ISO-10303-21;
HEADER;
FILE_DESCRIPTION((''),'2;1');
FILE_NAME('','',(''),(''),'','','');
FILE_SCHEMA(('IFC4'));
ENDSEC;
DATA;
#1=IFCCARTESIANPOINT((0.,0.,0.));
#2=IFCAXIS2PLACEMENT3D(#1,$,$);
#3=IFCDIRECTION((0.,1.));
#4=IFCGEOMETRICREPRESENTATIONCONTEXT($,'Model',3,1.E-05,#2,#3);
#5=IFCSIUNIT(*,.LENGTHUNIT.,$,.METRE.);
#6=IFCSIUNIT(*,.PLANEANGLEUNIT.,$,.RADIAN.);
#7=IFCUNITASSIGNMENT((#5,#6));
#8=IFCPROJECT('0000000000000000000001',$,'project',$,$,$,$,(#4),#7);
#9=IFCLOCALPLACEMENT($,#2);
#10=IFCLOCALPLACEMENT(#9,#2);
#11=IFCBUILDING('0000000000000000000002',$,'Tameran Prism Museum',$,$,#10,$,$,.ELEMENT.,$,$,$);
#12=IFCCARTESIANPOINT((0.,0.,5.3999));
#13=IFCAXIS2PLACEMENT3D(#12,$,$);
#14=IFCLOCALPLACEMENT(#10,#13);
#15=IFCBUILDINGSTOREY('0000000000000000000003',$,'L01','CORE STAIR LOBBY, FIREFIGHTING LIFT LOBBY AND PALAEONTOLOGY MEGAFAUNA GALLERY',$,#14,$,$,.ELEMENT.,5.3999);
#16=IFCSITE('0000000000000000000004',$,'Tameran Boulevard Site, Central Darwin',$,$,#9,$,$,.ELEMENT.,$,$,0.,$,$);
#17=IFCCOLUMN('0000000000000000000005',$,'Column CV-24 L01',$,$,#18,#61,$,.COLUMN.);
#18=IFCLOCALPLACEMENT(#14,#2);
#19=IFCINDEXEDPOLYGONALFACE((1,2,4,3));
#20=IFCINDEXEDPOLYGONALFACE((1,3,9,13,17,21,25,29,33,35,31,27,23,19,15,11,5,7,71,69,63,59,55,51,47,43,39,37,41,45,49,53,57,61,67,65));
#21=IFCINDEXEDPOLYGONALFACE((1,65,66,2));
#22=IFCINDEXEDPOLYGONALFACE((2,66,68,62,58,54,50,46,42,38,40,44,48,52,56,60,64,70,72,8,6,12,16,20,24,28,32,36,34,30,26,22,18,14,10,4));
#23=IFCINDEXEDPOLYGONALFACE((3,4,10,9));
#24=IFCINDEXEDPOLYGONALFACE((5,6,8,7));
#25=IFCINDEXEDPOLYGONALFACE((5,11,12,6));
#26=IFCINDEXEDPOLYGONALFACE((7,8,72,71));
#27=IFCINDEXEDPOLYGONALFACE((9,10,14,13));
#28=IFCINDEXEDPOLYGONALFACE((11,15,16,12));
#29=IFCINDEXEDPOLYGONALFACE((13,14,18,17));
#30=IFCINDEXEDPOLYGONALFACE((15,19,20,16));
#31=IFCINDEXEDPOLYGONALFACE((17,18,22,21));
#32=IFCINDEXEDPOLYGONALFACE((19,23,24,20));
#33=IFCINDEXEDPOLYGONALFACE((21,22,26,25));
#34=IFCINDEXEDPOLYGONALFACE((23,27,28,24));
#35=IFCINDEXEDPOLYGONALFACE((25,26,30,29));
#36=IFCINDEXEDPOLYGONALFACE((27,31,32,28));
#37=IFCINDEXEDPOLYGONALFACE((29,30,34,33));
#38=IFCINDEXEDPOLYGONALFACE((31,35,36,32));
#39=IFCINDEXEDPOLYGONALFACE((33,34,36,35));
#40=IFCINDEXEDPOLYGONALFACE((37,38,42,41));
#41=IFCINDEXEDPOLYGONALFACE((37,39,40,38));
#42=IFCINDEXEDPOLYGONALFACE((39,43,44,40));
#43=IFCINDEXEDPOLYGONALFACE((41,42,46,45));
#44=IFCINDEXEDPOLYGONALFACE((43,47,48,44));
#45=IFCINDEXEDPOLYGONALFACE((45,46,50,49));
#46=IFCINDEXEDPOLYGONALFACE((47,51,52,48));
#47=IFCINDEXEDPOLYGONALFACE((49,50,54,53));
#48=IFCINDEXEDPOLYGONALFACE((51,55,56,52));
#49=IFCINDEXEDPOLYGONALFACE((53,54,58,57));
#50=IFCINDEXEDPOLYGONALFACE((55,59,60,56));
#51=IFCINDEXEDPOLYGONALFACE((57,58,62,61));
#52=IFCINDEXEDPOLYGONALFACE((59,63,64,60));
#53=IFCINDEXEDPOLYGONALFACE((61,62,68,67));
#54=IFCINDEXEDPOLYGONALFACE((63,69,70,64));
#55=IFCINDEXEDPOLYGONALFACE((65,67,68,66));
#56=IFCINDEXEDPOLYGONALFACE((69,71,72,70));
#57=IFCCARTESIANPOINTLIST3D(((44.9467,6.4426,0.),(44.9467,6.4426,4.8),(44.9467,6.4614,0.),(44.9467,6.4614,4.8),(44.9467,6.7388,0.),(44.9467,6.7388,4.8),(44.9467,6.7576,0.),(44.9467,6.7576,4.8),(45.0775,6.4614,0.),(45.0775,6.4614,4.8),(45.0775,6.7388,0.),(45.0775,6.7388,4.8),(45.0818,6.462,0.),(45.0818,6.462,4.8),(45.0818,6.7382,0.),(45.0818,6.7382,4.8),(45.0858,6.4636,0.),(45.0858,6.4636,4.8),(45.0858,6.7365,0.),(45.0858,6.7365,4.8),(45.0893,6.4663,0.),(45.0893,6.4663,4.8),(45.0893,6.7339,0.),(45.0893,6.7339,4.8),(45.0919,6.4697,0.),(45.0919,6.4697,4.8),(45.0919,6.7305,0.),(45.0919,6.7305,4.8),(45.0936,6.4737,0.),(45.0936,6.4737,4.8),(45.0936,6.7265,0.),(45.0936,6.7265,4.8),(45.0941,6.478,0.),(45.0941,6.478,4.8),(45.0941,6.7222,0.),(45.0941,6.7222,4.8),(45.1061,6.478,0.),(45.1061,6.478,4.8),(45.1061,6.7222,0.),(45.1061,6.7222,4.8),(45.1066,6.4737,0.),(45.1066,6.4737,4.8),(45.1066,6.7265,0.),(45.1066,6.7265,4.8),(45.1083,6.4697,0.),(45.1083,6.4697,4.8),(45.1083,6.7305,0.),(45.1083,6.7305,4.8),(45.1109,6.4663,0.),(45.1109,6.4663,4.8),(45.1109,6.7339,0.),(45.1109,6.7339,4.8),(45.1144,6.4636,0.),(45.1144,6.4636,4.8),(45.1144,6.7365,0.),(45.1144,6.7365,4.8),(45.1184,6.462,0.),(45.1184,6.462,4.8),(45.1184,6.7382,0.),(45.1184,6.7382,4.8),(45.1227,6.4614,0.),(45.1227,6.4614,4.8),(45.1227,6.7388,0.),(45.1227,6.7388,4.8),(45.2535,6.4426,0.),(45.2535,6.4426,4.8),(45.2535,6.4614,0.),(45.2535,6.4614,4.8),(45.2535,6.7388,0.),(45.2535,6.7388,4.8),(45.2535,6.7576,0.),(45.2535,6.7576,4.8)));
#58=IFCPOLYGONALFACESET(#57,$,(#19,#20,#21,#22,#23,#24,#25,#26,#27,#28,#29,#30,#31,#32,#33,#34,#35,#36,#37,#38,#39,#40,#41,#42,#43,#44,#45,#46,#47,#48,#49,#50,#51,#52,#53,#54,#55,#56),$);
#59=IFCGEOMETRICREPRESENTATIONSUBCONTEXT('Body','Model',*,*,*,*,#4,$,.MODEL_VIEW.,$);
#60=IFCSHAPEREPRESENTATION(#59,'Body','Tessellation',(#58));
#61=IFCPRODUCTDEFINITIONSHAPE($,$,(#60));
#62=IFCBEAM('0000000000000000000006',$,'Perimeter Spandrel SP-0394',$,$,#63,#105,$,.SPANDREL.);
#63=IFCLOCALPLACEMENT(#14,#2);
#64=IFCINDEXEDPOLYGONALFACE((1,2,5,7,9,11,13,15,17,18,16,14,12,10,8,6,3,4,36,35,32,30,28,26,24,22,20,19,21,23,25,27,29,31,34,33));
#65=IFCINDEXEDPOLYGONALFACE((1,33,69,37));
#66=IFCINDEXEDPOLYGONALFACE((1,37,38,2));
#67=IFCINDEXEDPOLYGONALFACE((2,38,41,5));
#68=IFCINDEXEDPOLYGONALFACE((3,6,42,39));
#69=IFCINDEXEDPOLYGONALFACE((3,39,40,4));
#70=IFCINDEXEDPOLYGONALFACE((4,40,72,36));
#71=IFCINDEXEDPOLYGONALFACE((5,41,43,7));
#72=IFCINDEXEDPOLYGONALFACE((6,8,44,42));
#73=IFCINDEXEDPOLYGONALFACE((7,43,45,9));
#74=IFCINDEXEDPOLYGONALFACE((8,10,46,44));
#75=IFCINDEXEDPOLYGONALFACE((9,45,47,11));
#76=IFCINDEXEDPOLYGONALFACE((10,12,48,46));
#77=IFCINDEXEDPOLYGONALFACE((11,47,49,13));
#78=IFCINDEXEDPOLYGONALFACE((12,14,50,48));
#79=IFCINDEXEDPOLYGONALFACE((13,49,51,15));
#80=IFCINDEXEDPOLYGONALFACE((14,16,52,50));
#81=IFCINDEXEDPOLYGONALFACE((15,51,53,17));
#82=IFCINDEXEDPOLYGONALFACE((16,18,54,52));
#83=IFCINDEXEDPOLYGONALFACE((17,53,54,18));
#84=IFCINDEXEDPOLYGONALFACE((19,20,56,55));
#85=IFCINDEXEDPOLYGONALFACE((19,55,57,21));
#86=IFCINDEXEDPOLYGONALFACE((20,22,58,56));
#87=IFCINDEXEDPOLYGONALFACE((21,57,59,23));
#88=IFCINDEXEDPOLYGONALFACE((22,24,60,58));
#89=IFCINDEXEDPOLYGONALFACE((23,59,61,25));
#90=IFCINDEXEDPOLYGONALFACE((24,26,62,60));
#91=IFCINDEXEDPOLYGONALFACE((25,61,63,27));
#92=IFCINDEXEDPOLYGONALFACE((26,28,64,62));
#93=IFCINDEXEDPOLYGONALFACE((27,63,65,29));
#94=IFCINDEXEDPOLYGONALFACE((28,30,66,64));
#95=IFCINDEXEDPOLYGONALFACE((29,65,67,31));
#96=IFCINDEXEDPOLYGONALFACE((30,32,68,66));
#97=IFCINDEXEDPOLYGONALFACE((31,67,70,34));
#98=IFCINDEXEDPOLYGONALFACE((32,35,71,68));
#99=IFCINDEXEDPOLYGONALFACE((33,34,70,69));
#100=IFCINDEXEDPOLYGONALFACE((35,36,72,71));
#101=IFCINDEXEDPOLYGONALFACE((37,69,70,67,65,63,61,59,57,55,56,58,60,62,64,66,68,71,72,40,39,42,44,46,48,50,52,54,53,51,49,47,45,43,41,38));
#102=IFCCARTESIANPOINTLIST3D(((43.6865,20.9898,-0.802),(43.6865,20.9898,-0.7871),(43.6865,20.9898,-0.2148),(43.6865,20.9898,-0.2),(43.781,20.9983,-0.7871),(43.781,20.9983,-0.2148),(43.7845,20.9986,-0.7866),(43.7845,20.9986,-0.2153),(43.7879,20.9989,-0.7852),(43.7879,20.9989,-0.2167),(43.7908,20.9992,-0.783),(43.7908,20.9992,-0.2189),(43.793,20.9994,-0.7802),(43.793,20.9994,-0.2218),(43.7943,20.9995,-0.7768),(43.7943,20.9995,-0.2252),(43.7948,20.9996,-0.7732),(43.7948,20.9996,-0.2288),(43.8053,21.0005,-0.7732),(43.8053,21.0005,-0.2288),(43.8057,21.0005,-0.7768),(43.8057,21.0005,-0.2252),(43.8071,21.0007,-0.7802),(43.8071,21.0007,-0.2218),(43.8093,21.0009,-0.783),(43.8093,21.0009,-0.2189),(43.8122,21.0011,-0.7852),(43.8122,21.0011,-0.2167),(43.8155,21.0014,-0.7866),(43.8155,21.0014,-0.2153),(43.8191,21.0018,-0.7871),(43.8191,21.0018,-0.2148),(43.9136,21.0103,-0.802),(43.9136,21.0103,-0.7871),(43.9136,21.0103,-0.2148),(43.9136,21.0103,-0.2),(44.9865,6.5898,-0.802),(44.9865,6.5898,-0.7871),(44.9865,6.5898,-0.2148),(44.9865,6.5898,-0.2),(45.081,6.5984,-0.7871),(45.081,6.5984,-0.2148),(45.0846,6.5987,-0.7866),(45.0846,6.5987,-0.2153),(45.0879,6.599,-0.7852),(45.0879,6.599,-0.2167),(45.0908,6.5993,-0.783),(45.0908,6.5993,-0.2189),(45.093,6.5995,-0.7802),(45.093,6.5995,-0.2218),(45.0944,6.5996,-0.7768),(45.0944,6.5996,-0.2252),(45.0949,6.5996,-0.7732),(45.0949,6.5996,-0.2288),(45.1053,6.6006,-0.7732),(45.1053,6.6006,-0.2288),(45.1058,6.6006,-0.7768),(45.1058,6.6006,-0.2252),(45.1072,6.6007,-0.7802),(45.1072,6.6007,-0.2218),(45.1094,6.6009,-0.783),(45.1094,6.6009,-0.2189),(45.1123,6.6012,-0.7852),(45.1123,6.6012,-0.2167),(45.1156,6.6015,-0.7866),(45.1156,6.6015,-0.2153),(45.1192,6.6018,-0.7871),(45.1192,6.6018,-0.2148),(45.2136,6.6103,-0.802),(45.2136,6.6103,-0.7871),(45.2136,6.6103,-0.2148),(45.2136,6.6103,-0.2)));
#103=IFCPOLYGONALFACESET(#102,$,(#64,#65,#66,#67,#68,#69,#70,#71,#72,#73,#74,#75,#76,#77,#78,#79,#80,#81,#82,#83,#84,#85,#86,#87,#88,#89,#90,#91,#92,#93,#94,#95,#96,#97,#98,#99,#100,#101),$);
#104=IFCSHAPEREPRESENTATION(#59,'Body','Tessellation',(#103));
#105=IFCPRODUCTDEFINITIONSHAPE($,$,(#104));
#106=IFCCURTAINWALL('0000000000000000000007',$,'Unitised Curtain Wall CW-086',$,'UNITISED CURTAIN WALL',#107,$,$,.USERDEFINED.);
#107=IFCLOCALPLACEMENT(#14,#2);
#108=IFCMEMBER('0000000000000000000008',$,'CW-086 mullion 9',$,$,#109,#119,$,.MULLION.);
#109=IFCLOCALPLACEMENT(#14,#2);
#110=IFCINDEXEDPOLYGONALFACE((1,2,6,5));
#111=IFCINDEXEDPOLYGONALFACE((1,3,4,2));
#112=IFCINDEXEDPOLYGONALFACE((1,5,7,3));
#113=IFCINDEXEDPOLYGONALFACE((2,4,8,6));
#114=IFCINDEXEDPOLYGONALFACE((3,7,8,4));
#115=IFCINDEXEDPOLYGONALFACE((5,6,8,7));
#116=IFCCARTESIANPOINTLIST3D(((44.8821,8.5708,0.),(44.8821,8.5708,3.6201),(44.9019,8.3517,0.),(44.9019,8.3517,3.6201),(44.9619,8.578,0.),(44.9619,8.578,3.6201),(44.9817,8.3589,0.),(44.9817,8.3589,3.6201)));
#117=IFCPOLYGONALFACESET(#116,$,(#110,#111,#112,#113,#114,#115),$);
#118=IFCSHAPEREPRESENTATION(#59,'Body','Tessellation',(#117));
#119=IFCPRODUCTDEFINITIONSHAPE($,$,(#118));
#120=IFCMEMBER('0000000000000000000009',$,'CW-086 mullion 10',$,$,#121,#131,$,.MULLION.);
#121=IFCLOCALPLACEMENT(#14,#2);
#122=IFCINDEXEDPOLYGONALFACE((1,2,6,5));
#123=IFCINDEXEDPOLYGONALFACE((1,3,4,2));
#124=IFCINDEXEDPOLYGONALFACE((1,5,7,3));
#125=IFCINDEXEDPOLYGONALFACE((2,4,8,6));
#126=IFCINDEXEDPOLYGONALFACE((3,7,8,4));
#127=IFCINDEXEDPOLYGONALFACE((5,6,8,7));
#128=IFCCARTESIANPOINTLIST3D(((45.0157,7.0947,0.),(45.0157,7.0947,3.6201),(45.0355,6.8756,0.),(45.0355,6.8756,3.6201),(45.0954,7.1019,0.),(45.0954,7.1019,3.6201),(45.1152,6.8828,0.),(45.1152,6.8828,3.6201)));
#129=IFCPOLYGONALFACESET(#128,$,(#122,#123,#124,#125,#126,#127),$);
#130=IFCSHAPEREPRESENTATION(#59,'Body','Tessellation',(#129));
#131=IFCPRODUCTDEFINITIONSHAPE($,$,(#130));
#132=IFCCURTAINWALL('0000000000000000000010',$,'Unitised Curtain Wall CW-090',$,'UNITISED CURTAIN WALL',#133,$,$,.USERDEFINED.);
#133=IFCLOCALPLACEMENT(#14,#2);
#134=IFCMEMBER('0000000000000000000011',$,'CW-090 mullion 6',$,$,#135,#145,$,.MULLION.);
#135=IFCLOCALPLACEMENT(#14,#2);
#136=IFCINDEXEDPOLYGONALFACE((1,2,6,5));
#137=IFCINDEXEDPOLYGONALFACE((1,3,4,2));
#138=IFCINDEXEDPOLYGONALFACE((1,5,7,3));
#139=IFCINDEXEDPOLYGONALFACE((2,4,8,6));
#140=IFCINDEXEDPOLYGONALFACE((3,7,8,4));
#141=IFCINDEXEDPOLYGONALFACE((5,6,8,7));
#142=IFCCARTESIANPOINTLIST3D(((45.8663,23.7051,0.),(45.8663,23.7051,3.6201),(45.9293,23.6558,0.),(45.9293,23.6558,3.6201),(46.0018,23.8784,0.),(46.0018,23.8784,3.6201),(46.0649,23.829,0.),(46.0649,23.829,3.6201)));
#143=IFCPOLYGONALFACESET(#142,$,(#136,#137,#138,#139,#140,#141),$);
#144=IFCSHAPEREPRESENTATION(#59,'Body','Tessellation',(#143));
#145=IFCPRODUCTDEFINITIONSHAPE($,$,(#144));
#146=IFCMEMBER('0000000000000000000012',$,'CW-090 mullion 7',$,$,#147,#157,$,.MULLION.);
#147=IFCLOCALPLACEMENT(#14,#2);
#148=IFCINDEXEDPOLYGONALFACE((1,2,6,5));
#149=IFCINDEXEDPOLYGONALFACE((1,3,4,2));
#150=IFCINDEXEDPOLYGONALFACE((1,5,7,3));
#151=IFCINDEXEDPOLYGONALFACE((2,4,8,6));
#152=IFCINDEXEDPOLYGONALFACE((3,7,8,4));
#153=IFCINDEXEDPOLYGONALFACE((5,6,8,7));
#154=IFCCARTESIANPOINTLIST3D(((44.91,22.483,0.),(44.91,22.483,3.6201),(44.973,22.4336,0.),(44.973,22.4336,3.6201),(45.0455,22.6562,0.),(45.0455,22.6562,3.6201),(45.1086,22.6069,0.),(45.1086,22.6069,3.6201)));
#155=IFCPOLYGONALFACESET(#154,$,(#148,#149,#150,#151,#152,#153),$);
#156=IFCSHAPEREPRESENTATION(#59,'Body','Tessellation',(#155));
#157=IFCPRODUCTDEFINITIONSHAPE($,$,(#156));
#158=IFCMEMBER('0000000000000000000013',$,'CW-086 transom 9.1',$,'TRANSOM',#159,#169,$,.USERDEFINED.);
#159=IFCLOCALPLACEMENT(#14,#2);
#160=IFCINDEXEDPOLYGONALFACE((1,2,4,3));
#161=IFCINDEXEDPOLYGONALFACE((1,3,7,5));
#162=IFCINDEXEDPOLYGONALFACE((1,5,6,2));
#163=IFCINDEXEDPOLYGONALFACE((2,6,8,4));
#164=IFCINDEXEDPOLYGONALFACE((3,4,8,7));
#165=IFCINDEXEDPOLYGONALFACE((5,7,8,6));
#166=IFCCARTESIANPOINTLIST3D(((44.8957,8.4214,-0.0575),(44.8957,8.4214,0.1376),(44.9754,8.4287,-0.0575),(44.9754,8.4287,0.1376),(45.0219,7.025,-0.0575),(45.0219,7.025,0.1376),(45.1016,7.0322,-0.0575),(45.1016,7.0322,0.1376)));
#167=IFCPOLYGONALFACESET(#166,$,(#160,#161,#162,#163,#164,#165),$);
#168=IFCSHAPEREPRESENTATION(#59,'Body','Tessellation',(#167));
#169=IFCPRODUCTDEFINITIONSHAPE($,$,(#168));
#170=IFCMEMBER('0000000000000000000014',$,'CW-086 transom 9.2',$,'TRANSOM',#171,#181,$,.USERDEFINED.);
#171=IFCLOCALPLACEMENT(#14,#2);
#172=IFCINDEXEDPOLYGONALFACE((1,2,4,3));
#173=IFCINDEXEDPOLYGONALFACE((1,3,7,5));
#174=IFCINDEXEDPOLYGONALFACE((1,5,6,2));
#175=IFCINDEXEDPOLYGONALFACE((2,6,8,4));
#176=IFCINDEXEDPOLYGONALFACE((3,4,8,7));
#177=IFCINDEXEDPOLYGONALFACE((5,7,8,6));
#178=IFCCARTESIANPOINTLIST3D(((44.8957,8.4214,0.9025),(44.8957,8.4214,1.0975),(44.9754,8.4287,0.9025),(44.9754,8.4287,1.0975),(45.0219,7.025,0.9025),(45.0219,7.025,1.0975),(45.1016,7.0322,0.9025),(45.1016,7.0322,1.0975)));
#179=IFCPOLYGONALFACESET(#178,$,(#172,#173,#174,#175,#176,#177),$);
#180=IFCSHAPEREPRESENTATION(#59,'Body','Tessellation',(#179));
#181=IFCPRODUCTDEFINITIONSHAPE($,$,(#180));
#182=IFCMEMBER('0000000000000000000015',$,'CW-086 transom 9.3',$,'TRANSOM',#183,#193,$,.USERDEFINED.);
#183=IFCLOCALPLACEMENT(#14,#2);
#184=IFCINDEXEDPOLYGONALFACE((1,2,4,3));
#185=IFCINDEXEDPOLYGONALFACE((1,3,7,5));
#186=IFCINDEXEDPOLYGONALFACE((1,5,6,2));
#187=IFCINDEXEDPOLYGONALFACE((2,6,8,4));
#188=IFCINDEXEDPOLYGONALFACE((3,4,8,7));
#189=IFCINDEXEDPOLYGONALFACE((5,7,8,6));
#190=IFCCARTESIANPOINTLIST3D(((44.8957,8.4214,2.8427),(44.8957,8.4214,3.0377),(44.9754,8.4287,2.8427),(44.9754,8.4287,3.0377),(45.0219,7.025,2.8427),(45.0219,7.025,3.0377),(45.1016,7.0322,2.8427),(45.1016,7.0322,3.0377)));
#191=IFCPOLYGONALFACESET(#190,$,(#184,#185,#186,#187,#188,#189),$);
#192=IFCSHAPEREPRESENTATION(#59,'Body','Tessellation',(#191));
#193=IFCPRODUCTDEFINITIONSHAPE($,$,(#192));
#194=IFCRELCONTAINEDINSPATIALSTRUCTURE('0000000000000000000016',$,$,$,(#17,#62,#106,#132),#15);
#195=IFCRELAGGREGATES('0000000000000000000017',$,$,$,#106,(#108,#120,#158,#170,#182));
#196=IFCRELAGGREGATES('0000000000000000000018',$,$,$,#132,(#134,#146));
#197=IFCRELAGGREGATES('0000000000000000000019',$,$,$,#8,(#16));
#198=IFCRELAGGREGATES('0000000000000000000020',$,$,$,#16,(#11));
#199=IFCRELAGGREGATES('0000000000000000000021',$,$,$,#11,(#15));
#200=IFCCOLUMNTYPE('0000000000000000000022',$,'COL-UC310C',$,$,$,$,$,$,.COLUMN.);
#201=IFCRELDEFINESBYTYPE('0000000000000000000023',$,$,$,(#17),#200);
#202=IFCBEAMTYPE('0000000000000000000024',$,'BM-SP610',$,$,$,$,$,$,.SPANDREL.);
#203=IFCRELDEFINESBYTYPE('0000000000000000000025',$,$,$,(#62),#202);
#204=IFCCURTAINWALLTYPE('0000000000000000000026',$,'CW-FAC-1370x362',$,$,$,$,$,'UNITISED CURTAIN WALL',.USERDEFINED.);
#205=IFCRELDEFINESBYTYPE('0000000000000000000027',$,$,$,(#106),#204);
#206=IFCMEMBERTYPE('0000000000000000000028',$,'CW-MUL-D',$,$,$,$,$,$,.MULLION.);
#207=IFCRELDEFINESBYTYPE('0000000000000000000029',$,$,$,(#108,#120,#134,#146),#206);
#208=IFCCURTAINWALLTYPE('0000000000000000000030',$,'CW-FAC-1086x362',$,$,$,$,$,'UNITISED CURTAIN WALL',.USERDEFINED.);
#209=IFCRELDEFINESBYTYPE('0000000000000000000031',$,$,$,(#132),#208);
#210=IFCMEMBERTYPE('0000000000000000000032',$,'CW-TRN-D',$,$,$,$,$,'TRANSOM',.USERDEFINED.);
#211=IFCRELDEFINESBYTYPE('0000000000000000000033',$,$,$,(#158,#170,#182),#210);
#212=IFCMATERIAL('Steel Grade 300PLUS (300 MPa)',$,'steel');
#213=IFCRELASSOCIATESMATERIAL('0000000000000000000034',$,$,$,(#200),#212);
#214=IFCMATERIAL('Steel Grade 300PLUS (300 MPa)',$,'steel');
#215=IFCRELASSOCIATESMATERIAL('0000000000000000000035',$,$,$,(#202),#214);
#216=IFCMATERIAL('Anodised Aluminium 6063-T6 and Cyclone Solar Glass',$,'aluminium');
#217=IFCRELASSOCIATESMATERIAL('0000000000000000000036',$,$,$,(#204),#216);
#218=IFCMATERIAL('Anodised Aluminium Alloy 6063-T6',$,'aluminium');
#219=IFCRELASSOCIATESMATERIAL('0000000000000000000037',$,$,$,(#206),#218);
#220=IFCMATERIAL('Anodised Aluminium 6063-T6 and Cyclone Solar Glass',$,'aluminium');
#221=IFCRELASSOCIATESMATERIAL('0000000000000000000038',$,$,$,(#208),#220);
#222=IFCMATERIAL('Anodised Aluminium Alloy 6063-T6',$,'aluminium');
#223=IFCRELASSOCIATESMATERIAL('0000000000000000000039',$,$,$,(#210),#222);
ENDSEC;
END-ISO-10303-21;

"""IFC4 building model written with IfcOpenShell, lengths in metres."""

from ifc_helpers import new_model, si_unit, direction, frame, origin, origin_2d, place, context, subcontext, project, spatial, rectangle, i_section, extrude, material, material_profile, profile_set, type_object, element, aggregate, save


model = new_model("IFC4")

# Units and contexts
model_context = context("Model", 3, precision=1e-05, world=origin(), true_north=direction((0.0, 1.0)))
body_context = subcontext(model_context, "Body", "Model", "MODEL_VIEW")
ifc_project = project(units=[si_unit("LENGTHUNIT", "METRE"), si_unit("PLANEANGLEUNIT", "RADIAN")], contexts=[model_context])

# Site, building, storey
site_placement = place(None, origin())
site = spatial("IfcSite", under=ifc_project, at=site_placement, Name="Tameran Boulevard Site, Central Darwin", CompositionType="ELEMENT", RefElevation=0.0)
building_placement = place(site_placement, origin())
building = spatial("IfcBuilding", under=site, at=building_placement, Name="Tameran Prism Museum", CompositionType="ELEMENT")
storey_placement = place(building_placement, frame((0.0, 0.0, 5.3999)))
storey = spatial("IfcBuildingStorey", under=building, at=storey_placement, Name="L01", Description="CORE STAIR LOBBY, FIREFIGHTING LIFT LOBBY AND PALAEONTOLOGY MEGAFAUNA GALLERY", CompositionType="ELEMENT", Elevation=5.3999)

# Column
ifc_material_1 = material(Name="Steel Grade 300PLUS (300 MPa)", Category="steel")
ifc_material_profile_1 = material_profile(ifc_material_1, i_section(OverallWidth=0.3069, OverallDepth=0.3149, WebThickness=0.012, FlangeThickness=0.0188, FilletRadius=0.0166, at=origin_2d()))
ifc_profile_set_1 = profile_set([ifc_material_profile_1])
column_type = type_object("IfcColumnType", Name="COL-UC310C", PredefinedType="COLUMN", material=ifc_profile_set_1)
column_placement = place(storey_placement, frame((45.1001, 6.6001, 0.0), z_axis=(0.0, 0.0, 1.0), x_axis=(1.0, 0.0, 0.0)))
element("IfcColumn", 1, at=column_placement, inside=storey, type_object=column_type, Name="Column CV-24 L01", PredefinedType="COLUMN", context=body_context, shape_type="SweptSolid", body=[
    extrude(i_section(OverallWidth=0.3069, OverallDepth=0.3149, WebThickness=0.012, FlangeThickness=0.0188, FilletRadius=0.0166, at=origin_2d()), origin(), (0.0, 0.0, 1.0), 4.8),
])

# Beam
ifc_material_2 = material(Name="Steel Grade 300PLUS (300 MPa)", Category="steel")
ifc_material_profile_2 = material_profile(ifc_material_2, i_section(OverallWidth=0.228, OverallDepth=0.6021, WebThickness=0.0105, FlangeThickness=0.0149, FilletRadius=0.0139, at=origin_2d()))
ifc_profile_set_2 = profile_set([ifc_material_profile_2])
beam_type = type_object("IfcBeamType", Name="BM-SP610", PredefinedType="SPANDREL", material=ifc_profile_set_2)
beam_placement = place(storey_placement, frame((45.1001, 6.6001, -0.501), z_axis=(-0.089916, 0.995949, 0.0), x_axis=(-0.995949, -0.089916, 0.0)))
element("IfcBeam", 2, at=beam_placement, inside=storey, type_object=beam_type, Name="Perimeter Spandrel SP-0394", PredefinedType="SPANDREL", context=body_context, shape_type="SweptSolid", body=[
    extrude(i_section(OverallWidth=0.228, OverallDepth=0.6021, WebThickness=0.0105, FlangeThickness=0.0149, FilletRadius=0.0139, at=origin_2d()), origin(), (0.0, 0.0, 1.0), 14.4585),
])

# Curtain walls, members
ifc_material_3 = material(Name="Anodised Aluminium 6063-T6 and Cyclone Solar Glass", Category="aluminium")
curtain_wall_type_1 = type_object("IfcCurtainWallType", Name="CW-FAC-1370x362", ElementType="UNITISED CURTAIN WALL", PredefinedType="USERDEFINED", material=ifc_material_3)
curtain_wall_1_placement = place(storey_placement, origin())
curtain_wall_1 = element("IfcCurtainWall", 3, at=curtain_wall_1_placement, inside=storey, type_object=curtain_wall_type_1, Name="Unitised Curtain Wall CW-086", ObjectType="UNITISED CURTAIN WALL", PredefinedType="USERDEFINED")
ifc_material_4 = material(Name="Anodised Aluminium Alloy 6063-T6", Category="aluminium")
ifc_material_profile_3 = material_profile(ifc_material_4, rectangle(XDim=0.0801, YDim=0.22, at=origin_2d()))
ifc_profile_set_3 = profile_set([ifc_material_profile_3])
member_type_1 = type_object("IfcMemberType", Name="CW-MUL-D", PredefinedType="MULLION", material=ifc_profile_set_3)
member_1_placement = place(storey_placement, frame((44.9319, 8.4648, 0.0), z_axis=(0.0, 0.0, 1.0), x_axis=(0.99594, 0.090016, 0.0)))
member_1 = element("IfcMember", 4, at=member_1_placement, type_object=member_type_1, Name="CW-086 mullion 9", PredefinedType="MULLION", context=body_context, shape_type="SweptSolid", body=[
    extrude(rectangle(XDim=0.0801, YDim=0.22, at=origin_2d()), origin(), (0.0, 0.0, 1.0), 3.6201),
])
member_2_placement = place(storey_placement, frame((45.0654, 6.9888, 0.0), z_axis=(0.0, 0.0, 1.0), x_axis=(0.99594, 0.090016, 0.0)))
member_2 = element("IfcMember", 5, at=member_2_placement, type_object=member_type_1, Name="CW-086 mullion 10", PredefinedType="MULLION", context=body_context, shape_type="SweptSolid", body=[
    extrude(rectangle(XDim=0.0801, YDim=0.22, at=origin_2d()), origin(), (0.0, 0.0, 1.0), 3.6201),
])
ifc_material_5 = material(Name="Anodised Aluminium 6063-T6 and Cyclone Solar Glass", Category="aluminium")
curtain_wall_type_2 = type_object("IfcCurtainWallType", Name="CW-FAC-1086x362", ElementType="UNITISED CURTAIN WALL", PredefinedType="USERDEFINED", material=ifc_material_5)
curtain_wall_2_placement = place(storey_placement, origin())
curtain_wall_2 = element("IfcCurtainWall", 6, at=curtain_wall_2_placement, inside=storey, type_object=curtain_wall_type_2, Name="Unitised Curtain Wall CW-090", ObjectType="UNITISED CURTAIN WALL", PredefinedType="USERDEFINED")
member_3_placement = place(storey_placement, frame((45.9656, 23.7671, 0.0), z_axis=(0.0, 0.0, 1.0), x_axis=(0.787524, -0.616283, 0.0)))
member_3 = element("IfcMember", 7, at=member_3_placement, type_object=member_type_1, Name="CW-090 mullion 6", PredefinedType="MULLION", context=body_context, shape_type="SweptSolid", body=[
    extrude(rectangle(XDim=0.0801, YDim=0.22, at=origin_2d()), origin(), (0.0, 0.0, 1.0), 3.6201),
])
member_4_placement = place(storey_placement, frame((45.0093, 22.5449, 0.0), z_axis=(0.0, 0.0, 1.0), x_axis=(0.787524, -0.616283, 0.0)))
member_4 = element("IfcMember", 8, at=member_4_placement, type_object=member_type_1, Name="CW-090 mullion 7", PredefinedType="MULLION", context=body_context, shape_type="SweptSolid", body=[
    extrude(rectangle(XDim=0.0801, YDim=0.22, at=origin_2d()), origin(), (0.0, 0.0, 1.0), 3.6201),
])

# Members
ifc_material_6 = material(Name="Anodised Aluminium Alloy 6063-T6", Category="aluminium")
ifc_material_profile_4 = material_profile(ifc_material_6, rectangle(XDim=0.0801, YDim=0.1951, at=origin_2d()))
ifc_profile_set_4 = profile_set([ifc_material_profile_4])
member_type_2 = type_object("IfcMemberType", Name="CW-TRN-D", ElementType="TRANSOM", PredefinedType="USERDEFINED", material=ifc_profile_set_4)
member_5_placement = place(storey_placement, frame((44.9355, 8.425, 0.04), z_axis=(0.090018, -0.99594, 0.0), x_axis=(0.99594, 0.090018, 0.0)))
member_5 = element("IfcMember", 9, at=member_5_placement, type_object=member_type_2, Name="CW-086 transom 9.1", ObjectType="TRANSOM", PredefinedType="USERDEFINED", context=body_context, shape_type="SweptSolid", body=[
    extrude(rectangle(XDim=0.0801, YDim=0.1951, at=origin_2d()), origin(), (0.0, 0.0, 1.0), 1.4021),
])
member_6_placement = place(storey_placement, frame((44.9355, 8.425, 1.0), z_axis=(0.090018, -0.99594, 0.0), x_axis=(0.99594, 0.090018, 0.0)))
member_6 = element("IfcMember", 10, at=member_6_placement, type_object=member_type_2, Name="CW-086 transom 9.2", ObjectType="TRANSOM", PredefinedType="USERDEFINED", context=body_context, shape_type="SweptSolid", body=[
    extrude(rectangle(XDim=0.0801, YDim=0.1951, at=origin_2d()), origin(), (0.0, 0.0, 1.0), 1.4021),
])
member_7_placement = place(storey_placement, frame((44.9355, 8.425, 2.9402), z_axis=(0.090018, -0.99594, 0.0), x_axis=(0.99594, 0.090018, 0.0)))
member_7 = element("IfcMember", 11, at=member_7_placement, type_object=member_type_2, Name="CW-086 transom 9.3", ObjectType="TRANSOM", PredefinedType="USERDEFINED", context=body_context, shape_type="SweptSolid", body=[
    extrude(rectangle(XDim=0.0801, YDim=0.1951, at=origin_2d()), origin(), (0.0, 0.0, 1.0), 1.4021),
])

aggregate(curtain_wall_1, [member_1, member_2, member_5, member_6, member_7])
aggregate(curtain_wall_2, [member_3, member_4])

save(model, "model.ifc")
